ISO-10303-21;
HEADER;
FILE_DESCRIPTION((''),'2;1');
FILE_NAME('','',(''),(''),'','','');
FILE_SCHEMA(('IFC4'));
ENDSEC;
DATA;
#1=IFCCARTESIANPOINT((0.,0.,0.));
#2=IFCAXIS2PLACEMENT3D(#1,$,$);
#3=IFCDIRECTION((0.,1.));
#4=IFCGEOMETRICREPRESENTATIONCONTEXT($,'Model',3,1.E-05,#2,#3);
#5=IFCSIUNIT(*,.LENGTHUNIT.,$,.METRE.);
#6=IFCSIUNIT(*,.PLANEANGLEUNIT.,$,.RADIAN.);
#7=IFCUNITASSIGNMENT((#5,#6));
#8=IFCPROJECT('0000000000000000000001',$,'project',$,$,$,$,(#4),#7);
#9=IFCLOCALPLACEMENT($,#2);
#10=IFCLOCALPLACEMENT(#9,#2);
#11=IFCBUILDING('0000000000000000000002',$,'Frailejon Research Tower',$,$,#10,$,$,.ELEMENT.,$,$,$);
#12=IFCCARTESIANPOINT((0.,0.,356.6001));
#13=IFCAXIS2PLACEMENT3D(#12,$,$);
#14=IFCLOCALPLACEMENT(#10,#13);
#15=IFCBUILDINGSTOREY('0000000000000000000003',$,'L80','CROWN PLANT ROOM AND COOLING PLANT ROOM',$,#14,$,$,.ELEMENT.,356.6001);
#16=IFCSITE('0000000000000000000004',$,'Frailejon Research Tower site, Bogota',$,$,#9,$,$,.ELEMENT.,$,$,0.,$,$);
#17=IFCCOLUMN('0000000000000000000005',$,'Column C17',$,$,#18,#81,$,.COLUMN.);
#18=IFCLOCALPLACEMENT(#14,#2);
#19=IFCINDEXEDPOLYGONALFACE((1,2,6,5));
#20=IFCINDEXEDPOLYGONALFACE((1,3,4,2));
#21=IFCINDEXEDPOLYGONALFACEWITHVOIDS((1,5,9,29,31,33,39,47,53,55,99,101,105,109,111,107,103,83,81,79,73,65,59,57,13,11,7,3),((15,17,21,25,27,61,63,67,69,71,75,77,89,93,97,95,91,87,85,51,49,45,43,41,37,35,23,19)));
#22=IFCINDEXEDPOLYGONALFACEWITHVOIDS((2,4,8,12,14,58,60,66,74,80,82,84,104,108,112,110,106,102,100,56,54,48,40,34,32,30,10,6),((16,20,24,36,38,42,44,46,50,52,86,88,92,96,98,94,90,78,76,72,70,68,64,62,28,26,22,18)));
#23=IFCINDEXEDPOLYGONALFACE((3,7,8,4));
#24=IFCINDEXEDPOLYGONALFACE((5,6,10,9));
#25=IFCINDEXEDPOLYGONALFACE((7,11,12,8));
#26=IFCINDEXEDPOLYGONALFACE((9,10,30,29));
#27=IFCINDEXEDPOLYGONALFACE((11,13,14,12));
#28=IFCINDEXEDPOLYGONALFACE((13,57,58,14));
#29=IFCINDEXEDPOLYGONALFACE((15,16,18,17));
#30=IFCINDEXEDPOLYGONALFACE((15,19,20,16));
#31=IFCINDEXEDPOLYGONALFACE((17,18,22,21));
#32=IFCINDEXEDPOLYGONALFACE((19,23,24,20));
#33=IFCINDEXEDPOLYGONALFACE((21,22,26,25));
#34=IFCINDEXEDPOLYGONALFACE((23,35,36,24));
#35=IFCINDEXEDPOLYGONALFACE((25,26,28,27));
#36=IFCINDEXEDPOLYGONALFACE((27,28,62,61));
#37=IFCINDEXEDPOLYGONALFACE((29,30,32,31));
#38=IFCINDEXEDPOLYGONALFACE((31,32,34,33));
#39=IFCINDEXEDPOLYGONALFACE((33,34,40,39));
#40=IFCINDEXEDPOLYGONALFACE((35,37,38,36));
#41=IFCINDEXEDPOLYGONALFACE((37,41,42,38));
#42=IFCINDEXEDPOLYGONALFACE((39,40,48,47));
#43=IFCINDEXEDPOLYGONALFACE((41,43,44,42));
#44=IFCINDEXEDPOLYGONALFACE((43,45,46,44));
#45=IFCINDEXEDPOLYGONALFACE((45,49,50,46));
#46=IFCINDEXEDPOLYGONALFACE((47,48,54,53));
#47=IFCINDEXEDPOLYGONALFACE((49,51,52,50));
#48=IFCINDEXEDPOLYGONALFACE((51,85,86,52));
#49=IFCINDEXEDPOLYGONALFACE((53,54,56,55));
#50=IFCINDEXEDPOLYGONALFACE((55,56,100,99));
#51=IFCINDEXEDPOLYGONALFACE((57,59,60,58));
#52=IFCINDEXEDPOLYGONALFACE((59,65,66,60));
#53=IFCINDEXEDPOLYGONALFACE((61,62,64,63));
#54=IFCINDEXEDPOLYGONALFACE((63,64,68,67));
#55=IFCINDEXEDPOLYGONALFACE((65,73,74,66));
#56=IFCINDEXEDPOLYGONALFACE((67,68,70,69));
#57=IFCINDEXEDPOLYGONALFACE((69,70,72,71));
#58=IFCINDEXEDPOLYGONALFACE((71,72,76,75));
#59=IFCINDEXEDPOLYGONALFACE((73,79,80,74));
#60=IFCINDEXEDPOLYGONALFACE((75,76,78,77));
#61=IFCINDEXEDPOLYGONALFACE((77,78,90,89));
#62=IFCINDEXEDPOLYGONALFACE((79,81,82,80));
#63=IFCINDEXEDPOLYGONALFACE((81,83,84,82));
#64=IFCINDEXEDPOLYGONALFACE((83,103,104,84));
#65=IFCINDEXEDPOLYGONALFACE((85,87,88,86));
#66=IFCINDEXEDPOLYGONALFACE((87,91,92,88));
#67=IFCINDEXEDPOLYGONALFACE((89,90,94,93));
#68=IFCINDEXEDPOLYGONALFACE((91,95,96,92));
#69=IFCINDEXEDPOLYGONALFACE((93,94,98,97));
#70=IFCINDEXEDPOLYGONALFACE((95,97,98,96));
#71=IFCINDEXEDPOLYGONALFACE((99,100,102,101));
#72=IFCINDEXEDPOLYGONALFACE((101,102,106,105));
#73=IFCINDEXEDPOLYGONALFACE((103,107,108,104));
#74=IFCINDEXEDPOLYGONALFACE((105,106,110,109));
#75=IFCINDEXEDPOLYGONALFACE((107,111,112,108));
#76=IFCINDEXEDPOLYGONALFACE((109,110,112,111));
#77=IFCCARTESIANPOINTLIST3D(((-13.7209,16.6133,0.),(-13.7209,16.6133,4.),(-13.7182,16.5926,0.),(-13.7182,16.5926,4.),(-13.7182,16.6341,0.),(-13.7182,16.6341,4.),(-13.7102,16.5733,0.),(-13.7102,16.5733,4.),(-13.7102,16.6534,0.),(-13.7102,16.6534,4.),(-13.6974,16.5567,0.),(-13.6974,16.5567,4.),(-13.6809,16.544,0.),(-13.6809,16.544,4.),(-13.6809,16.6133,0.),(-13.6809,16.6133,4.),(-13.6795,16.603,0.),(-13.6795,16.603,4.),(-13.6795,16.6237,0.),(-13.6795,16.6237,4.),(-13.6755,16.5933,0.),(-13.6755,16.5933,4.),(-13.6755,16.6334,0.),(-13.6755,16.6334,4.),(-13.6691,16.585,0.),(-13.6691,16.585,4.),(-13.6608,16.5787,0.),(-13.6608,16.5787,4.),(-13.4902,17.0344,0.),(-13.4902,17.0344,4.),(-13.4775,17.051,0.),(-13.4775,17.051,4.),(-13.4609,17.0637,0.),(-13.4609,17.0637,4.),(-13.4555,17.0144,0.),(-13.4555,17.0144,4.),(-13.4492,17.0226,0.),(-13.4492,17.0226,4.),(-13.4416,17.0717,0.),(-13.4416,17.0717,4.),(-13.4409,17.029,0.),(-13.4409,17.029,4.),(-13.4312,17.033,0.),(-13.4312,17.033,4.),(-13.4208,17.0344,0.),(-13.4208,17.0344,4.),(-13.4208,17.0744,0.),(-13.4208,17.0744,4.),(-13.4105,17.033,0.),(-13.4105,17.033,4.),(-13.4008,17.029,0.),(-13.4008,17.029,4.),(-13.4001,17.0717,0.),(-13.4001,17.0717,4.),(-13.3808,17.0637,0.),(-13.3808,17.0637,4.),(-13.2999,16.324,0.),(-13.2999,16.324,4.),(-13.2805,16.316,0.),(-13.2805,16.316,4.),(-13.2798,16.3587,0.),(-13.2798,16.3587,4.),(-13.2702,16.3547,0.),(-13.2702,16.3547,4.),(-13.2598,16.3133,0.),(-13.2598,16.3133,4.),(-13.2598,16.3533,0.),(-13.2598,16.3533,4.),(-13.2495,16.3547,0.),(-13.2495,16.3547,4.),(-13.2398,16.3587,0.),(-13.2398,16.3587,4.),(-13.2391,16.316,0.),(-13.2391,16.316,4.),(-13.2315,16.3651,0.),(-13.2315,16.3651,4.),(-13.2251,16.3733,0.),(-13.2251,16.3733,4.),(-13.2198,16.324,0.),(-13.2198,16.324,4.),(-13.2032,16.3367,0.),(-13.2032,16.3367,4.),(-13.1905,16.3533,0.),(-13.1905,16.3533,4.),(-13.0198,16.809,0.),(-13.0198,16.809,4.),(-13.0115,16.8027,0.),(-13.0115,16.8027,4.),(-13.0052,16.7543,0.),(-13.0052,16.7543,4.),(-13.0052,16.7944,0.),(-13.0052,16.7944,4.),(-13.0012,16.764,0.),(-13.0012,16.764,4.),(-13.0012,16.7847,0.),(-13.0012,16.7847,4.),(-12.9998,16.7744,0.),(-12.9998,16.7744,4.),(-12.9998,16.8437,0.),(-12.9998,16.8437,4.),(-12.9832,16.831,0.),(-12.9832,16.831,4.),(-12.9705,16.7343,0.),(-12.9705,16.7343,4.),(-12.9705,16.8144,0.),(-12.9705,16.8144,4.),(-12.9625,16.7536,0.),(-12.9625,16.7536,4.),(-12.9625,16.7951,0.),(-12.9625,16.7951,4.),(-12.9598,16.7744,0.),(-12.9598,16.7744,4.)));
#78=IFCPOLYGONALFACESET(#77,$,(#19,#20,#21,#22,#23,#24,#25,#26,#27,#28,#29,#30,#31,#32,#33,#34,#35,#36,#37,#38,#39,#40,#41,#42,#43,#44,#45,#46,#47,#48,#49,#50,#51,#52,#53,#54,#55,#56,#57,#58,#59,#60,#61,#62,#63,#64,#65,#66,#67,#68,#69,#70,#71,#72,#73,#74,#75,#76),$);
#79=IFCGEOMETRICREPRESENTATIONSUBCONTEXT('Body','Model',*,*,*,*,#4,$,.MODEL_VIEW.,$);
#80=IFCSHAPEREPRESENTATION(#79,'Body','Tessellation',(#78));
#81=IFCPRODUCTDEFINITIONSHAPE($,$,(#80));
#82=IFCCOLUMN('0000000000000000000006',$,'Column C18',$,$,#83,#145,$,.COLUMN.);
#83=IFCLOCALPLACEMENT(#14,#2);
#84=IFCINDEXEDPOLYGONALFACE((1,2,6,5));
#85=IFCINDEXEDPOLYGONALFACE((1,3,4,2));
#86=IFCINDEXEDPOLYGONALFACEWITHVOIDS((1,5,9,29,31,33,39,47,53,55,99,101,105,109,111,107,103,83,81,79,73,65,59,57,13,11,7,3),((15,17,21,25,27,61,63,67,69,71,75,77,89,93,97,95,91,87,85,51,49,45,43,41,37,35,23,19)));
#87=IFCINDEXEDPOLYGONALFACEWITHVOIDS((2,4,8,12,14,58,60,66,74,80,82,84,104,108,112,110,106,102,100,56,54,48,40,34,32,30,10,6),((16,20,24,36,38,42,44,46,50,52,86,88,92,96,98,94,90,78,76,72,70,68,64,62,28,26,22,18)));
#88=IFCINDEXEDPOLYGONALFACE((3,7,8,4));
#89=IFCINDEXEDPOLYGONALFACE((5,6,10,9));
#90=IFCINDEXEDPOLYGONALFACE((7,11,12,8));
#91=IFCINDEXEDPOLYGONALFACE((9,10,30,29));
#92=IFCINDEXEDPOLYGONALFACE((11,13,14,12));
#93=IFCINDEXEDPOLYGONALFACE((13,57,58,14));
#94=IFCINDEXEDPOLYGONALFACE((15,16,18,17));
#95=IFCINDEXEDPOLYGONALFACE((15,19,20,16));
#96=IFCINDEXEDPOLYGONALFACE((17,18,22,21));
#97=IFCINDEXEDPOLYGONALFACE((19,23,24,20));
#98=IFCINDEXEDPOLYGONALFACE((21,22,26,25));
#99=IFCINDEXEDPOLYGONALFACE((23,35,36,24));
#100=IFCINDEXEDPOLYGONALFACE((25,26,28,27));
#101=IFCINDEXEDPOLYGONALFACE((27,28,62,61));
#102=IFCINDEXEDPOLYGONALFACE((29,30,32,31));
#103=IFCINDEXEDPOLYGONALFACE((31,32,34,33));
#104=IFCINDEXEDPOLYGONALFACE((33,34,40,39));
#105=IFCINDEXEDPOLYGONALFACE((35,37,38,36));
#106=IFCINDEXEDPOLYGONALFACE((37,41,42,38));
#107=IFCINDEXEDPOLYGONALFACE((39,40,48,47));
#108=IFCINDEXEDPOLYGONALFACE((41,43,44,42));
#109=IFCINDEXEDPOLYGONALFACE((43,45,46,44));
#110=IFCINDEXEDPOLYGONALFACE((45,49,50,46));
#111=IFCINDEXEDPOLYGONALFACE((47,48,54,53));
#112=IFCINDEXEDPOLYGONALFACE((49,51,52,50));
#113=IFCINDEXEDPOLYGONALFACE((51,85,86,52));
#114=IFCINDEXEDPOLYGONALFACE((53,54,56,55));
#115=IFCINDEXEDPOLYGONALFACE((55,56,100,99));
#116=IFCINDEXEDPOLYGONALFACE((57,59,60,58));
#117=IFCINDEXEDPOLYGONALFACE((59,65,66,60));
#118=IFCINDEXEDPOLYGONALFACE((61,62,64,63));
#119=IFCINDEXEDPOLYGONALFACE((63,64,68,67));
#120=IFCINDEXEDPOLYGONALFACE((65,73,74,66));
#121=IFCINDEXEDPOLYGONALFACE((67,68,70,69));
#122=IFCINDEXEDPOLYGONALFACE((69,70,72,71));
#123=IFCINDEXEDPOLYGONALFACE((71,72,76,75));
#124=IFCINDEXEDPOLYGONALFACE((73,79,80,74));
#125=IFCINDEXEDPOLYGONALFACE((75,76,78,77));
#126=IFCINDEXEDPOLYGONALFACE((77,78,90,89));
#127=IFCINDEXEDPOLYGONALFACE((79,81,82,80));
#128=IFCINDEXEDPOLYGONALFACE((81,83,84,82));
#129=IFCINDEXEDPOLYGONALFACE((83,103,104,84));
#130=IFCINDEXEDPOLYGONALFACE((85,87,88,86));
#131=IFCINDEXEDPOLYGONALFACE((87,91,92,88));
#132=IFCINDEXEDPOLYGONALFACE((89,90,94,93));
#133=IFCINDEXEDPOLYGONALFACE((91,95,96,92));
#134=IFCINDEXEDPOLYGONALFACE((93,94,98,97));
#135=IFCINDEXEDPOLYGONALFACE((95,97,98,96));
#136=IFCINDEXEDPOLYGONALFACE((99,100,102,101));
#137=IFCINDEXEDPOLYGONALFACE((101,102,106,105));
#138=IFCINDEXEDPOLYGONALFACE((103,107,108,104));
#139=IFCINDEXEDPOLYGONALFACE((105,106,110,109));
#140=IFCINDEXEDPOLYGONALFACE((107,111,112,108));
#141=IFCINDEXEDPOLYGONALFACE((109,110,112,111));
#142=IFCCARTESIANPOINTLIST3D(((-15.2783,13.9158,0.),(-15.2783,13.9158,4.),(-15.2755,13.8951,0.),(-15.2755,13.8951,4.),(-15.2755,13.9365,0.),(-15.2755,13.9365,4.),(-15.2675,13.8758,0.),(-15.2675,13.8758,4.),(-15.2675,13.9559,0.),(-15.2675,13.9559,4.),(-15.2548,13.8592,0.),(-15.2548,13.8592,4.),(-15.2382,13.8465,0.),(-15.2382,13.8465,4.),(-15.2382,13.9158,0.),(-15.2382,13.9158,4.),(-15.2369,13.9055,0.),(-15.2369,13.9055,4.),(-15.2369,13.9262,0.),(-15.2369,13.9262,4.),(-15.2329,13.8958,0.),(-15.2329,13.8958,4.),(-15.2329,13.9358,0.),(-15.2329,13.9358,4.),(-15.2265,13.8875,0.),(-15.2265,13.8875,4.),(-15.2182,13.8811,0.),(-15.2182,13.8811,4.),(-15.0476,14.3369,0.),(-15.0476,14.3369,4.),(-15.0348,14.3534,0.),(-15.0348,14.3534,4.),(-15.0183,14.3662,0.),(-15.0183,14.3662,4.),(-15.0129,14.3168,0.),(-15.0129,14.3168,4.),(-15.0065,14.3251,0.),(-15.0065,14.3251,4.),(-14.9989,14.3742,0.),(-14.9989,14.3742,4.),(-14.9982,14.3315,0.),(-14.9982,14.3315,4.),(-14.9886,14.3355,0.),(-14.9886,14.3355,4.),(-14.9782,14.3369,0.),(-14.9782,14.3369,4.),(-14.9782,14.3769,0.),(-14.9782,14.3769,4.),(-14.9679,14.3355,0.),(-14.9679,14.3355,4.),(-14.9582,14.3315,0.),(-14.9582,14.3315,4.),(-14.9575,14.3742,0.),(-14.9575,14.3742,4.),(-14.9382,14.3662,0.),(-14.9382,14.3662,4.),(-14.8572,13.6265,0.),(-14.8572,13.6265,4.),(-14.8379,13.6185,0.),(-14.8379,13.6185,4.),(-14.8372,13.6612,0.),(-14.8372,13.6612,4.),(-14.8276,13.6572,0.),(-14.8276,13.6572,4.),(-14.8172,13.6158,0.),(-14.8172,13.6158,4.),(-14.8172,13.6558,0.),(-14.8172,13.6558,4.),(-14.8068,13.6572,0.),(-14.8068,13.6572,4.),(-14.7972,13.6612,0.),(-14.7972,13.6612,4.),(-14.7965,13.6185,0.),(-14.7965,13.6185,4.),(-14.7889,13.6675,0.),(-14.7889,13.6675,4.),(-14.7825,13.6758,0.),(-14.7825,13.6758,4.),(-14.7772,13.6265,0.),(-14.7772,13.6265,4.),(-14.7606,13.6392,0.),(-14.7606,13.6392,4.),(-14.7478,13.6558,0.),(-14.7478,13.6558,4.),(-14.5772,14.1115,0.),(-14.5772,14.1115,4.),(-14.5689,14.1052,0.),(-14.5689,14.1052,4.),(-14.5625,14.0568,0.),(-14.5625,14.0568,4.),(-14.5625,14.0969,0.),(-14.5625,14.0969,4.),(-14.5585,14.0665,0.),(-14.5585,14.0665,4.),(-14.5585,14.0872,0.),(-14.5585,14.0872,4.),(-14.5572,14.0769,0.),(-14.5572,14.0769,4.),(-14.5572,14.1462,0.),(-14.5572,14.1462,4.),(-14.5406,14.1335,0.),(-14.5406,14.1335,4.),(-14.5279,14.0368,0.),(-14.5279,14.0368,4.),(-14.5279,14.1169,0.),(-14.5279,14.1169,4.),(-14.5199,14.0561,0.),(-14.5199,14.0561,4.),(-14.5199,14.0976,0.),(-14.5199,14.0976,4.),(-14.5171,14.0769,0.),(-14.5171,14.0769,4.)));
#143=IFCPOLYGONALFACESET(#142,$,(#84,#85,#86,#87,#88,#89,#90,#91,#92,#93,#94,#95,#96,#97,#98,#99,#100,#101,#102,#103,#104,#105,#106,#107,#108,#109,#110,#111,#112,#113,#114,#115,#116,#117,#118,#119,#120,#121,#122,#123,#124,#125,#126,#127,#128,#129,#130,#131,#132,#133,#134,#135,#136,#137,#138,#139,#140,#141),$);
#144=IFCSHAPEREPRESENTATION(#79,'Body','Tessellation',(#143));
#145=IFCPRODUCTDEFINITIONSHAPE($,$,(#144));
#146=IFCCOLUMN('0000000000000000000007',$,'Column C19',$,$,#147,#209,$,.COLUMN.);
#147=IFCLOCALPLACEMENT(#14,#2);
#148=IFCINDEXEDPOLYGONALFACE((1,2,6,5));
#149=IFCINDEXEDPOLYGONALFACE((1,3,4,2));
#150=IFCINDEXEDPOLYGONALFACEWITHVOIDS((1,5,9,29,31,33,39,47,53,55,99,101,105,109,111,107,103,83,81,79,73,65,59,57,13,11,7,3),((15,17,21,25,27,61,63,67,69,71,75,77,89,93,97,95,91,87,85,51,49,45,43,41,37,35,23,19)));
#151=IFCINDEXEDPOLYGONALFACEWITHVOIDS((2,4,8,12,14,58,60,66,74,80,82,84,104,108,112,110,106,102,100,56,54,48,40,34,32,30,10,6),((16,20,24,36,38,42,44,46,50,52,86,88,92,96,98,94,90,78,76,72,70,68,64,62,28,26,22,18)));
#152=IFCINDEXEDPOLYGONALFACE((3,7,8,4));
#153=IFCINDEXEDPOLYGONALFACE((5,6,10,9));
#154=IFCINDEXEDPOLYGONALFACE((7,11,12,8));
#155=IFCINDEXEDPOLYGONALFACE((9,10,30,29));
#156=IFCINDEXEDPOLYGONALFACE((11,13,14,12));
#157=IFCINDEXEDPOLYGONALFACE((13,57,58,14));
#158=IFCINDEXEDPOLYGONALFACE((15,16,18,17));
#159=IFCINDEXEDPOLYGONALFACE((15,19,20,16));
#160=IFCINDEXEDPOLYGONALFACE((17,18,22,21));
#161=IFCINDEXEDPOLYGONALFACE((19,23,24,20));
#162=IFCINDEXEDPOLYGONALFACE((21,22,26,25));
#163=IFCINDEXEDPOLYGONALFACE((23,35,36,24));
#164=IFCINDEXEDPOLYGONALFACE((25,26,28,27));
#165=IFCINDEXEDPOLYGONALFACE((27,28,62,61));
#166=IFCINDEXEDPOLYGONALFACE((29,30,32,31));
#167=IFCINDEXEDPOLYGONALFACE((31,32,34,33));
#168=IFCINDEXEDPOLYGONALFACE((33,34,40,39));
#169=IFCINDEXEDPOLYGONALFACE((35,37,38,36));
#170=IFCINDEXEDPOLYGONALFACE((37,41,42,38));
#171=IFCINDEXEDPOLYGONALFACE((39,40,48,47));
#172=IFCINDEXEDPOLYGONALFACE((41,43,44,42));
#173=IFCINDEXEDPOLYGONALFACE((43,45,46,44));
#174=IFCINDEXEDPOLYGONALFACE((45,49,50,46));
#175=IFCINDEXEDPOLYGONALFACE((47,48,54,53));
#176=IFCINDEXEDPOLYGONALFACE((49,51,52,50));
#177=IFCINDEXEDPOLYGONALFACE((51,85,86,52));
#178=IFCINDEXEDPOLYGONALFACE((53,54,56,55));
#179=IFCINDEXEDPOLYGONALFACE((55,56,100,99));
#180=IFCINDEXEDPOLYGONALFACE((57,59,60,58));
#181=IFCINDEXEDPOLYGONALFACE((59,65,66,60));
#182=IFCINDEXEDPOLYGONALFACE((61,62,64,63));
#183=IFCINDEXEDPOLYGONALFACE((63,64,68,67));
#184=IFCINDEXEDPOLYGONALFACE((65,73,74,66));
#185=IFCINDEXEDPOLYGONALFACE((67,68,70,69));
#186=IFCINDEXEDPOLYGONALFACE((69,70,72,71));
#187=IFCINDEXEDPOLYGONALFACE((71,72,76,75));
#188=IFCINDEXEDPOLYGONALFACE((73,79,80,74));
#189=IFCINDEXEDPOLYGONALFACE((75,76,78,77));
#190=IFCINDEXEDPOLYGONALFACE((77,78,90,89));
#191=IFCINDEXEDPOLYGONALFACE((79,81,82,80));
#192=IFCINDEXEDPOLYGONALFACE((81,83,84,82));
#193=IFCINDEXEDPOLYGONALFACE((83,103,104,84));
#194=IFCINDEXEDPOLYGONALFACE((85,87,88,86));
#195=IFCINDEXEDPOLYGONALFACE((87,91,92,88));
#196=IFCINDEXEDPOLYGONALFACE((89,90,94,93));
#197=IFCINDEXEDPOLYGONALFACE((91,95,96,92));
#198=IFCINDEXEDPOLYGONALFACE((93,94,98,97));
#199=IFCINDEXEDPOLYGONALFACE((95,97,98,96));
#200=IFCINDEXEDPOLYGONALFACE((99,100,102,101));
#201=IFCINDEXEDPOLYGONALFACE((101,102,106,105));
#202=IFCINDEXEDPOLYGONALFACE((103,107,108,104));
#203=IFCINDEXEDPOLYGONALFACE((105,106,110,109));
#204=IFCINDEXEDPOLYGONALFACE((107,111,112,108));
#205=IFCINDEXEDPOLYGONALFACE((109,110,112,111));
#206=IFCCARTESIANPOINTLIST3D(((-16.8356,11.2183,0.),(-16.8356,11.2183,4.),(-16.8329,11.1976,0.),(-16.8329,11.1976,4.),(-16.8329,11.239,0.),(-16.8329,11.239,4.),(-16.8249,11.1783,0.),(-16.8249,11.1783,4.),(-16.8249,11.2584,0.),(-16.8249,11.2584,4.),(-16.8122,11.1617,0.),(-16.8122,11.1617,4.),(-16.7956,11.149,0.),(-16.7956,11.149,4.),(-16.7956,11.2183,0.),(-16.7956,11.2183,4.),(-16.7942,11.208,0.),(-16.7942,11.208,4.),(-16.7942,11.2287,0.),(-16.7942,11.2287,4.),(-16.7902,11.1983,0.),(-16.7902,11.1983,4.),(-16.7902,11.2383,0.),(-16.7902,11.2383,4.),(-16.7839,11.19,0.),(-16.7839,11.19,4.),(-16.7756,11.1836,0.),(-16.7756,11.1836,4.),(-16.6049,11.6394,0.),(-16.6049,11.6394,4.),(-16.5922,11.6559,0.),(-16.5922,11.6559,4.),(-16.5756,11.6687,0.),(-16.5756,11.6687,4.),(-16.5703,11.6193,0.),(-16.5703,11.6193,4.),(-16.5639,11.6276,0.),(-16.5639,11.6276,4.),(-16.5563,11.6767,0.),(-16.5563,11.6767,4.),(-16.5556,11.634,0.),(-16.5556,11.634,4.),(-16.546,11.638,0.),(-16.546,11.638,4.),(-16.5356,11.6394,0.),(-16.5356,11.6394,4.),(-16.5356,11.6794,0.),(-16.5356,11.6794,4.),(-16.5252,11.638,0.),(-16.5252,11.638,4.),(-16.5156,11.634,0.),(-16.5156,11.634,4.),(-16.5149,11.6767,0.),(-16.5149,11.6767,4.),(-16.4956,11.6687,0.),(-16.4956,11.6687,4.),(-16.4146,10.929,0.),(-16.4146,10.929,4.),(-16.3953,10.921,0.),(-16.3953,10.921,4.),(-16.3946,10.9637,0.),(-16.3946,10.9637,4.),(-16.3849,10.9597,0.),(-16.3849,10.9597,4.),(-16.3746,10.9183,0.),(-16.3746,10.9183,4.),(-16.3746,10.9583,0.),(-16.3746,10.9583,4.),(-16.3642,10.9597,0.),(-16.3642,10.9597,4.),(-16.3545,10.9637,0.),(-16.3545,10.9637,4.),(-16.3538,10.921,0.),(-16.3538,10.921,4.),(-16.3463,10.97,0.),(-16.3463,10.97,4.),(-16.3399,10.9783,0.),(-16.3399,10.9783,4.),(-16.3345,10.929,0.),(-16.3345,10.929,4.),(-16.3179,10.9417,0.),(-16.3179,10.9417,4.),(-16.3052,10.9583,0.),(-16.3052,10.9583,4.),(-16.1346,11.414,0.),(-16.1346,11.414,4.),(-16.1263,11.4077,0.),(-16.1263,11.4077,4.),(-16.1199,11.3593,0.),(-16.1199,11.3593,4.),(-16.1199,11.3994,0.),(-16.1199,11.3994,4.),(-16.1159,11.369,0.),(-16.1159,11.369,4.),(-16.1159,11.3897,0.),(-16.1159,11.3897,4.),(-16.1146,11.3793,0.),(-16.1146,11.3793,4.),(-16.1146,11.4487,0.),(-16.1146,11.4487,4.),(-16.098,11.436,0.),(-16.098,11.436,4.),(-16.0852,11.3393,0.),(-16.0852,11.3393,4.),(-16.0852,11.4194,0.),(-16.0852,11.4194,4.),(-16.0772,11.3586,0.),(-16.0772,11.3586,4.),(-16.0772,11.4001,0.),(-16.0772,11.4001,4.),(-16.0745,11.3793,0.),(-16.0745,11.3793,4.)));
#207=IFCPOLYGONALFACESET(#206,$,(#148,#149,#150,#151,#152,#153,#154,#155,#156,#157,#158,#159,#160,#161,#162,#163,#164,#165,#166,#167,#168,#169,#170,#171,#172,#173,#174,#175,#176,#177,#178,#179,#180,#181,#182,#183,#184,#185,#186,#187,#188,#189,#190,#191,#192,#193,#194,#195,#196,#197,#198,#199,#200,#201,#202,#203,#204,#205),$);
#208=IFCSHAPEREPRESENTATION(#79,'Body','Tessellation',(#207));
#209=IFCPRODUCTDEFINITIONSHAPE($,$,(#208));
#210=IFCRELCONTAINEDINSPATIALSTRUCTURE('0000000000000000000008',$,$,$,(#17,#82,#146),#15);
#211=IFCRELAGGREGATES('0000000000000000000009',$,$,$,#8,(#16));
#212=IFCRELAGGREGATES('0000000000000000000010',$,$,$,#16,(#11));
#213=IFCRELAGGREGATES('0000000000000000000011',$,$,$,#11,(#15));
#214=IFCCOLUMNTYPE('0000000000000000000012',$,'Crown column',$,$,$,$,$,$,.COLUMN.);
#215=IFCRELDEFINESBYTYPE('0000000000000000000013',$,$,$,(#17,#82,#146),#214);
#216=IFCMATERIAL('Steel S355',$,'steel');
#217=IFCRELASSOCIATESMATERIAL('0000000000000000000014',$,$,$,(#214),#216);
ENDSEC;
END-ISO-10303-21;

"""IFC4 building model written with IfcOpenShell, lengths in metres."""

from ifc_helpers import new_model, si_unit, direction, frame, origin, origin_2d, place, context, subcontext, project, spatial, hollow_rectangle, extrude, material, material_profile, profile_set, type_object, element, save


model = new_model("IFC4")

# Units and contexts
model_context = context("Model", 3, precision=1e-05, world=origin(), true_north=direction((0.0, 1.0)))
body_context = subcontext(model_context, "Body", "Model", "MODEL_VIEW")
ifc_project = project(units=[si_unit("LENGTHUNIT", "METRE"), si_unit("PLANEANGLEUNIT", "RADIAN")], contexts=[model_context])

# Site, building, storey
site_placement = place(None, origin())
site = spatial("IfcSite", under=ifc_project, at=site_placement, Name="Frailejon Research Tower site, Bogota", CompositionType="ELEMENT", RefElevation=0.0)
building_placement = place(site_placement, origin())
building = spatial("IfcBuilding", under=site, at=building_placement, Name="Frailejon Research Tower", CompositionType="ELEMENT")
storey_placement = place(building_placement, frame((0.0, 0.0, 356.6001)))
storey = spatial("IfcBuildingStorey", under=building, at=storey_placement, Name="L80", Description="CROWN PLANT ROOM AND COOLING PLANT ROOM", CompositionType="ELEMENT", Elevation=356.6001)

# Columns
ifc_material_1 = material(Name="Steel S355", Category="steel")
ifc_material_profile_1 = material_profile(ifc_material_1, hollow_rectangle(XDim=0.6001, YDim=0.6001, WallThickness=0.04, InnerFilletRadius=0.04, OuterFilletRadius=0.0801, at=origin_2d()), Name="Crown column")
ifc_profile_set_1 = profile_set([ifc_material_profile_1], Name="Steel S355")
column_type = type_object("IfcColumnType", Name="Crown column", PredefinedType="COLUMN", material=ifc_profile_set_1)
for number, where, z_axis, x_axis, name in (
    (1, (-13.3403, 16.6938, 0.0), (0.0, 0.0, 1.0), (-0.5, -0.866025, 0.0), "Column C17"),
    (2, (-14.8977, 13.9963, 0.0), (0.0, 0.0, 1.0), (-0.5, -0.866025, 0.0), "Column C18"),
    (3, (-16.4551, 11.2988, 0.0), (0.0, 0.0, 1.0), (-0.5, -0.866025, 0.0), "Column C19"),
):
    element("IfcColumn", number, at=place(storey_placement, frame(where, z_axis=z_axis, x_axis=x_axis)), inside=storey, type_object=column_type, Name=name, PredefinedType="COLUMN", context=body_context, shape_type="SweptSolid", body=[
        extrude(hollow_rectangle(XDim=0.6001, YDim=0.6001, WallThickness=0.04, InnerFilletRadius=0.04, OuterFilletRadius=0.0801, at=origin_2d()), origin(), (0.0, 0.0, 1.0), 4.0),
    ])

save(model, "model.ifc")
